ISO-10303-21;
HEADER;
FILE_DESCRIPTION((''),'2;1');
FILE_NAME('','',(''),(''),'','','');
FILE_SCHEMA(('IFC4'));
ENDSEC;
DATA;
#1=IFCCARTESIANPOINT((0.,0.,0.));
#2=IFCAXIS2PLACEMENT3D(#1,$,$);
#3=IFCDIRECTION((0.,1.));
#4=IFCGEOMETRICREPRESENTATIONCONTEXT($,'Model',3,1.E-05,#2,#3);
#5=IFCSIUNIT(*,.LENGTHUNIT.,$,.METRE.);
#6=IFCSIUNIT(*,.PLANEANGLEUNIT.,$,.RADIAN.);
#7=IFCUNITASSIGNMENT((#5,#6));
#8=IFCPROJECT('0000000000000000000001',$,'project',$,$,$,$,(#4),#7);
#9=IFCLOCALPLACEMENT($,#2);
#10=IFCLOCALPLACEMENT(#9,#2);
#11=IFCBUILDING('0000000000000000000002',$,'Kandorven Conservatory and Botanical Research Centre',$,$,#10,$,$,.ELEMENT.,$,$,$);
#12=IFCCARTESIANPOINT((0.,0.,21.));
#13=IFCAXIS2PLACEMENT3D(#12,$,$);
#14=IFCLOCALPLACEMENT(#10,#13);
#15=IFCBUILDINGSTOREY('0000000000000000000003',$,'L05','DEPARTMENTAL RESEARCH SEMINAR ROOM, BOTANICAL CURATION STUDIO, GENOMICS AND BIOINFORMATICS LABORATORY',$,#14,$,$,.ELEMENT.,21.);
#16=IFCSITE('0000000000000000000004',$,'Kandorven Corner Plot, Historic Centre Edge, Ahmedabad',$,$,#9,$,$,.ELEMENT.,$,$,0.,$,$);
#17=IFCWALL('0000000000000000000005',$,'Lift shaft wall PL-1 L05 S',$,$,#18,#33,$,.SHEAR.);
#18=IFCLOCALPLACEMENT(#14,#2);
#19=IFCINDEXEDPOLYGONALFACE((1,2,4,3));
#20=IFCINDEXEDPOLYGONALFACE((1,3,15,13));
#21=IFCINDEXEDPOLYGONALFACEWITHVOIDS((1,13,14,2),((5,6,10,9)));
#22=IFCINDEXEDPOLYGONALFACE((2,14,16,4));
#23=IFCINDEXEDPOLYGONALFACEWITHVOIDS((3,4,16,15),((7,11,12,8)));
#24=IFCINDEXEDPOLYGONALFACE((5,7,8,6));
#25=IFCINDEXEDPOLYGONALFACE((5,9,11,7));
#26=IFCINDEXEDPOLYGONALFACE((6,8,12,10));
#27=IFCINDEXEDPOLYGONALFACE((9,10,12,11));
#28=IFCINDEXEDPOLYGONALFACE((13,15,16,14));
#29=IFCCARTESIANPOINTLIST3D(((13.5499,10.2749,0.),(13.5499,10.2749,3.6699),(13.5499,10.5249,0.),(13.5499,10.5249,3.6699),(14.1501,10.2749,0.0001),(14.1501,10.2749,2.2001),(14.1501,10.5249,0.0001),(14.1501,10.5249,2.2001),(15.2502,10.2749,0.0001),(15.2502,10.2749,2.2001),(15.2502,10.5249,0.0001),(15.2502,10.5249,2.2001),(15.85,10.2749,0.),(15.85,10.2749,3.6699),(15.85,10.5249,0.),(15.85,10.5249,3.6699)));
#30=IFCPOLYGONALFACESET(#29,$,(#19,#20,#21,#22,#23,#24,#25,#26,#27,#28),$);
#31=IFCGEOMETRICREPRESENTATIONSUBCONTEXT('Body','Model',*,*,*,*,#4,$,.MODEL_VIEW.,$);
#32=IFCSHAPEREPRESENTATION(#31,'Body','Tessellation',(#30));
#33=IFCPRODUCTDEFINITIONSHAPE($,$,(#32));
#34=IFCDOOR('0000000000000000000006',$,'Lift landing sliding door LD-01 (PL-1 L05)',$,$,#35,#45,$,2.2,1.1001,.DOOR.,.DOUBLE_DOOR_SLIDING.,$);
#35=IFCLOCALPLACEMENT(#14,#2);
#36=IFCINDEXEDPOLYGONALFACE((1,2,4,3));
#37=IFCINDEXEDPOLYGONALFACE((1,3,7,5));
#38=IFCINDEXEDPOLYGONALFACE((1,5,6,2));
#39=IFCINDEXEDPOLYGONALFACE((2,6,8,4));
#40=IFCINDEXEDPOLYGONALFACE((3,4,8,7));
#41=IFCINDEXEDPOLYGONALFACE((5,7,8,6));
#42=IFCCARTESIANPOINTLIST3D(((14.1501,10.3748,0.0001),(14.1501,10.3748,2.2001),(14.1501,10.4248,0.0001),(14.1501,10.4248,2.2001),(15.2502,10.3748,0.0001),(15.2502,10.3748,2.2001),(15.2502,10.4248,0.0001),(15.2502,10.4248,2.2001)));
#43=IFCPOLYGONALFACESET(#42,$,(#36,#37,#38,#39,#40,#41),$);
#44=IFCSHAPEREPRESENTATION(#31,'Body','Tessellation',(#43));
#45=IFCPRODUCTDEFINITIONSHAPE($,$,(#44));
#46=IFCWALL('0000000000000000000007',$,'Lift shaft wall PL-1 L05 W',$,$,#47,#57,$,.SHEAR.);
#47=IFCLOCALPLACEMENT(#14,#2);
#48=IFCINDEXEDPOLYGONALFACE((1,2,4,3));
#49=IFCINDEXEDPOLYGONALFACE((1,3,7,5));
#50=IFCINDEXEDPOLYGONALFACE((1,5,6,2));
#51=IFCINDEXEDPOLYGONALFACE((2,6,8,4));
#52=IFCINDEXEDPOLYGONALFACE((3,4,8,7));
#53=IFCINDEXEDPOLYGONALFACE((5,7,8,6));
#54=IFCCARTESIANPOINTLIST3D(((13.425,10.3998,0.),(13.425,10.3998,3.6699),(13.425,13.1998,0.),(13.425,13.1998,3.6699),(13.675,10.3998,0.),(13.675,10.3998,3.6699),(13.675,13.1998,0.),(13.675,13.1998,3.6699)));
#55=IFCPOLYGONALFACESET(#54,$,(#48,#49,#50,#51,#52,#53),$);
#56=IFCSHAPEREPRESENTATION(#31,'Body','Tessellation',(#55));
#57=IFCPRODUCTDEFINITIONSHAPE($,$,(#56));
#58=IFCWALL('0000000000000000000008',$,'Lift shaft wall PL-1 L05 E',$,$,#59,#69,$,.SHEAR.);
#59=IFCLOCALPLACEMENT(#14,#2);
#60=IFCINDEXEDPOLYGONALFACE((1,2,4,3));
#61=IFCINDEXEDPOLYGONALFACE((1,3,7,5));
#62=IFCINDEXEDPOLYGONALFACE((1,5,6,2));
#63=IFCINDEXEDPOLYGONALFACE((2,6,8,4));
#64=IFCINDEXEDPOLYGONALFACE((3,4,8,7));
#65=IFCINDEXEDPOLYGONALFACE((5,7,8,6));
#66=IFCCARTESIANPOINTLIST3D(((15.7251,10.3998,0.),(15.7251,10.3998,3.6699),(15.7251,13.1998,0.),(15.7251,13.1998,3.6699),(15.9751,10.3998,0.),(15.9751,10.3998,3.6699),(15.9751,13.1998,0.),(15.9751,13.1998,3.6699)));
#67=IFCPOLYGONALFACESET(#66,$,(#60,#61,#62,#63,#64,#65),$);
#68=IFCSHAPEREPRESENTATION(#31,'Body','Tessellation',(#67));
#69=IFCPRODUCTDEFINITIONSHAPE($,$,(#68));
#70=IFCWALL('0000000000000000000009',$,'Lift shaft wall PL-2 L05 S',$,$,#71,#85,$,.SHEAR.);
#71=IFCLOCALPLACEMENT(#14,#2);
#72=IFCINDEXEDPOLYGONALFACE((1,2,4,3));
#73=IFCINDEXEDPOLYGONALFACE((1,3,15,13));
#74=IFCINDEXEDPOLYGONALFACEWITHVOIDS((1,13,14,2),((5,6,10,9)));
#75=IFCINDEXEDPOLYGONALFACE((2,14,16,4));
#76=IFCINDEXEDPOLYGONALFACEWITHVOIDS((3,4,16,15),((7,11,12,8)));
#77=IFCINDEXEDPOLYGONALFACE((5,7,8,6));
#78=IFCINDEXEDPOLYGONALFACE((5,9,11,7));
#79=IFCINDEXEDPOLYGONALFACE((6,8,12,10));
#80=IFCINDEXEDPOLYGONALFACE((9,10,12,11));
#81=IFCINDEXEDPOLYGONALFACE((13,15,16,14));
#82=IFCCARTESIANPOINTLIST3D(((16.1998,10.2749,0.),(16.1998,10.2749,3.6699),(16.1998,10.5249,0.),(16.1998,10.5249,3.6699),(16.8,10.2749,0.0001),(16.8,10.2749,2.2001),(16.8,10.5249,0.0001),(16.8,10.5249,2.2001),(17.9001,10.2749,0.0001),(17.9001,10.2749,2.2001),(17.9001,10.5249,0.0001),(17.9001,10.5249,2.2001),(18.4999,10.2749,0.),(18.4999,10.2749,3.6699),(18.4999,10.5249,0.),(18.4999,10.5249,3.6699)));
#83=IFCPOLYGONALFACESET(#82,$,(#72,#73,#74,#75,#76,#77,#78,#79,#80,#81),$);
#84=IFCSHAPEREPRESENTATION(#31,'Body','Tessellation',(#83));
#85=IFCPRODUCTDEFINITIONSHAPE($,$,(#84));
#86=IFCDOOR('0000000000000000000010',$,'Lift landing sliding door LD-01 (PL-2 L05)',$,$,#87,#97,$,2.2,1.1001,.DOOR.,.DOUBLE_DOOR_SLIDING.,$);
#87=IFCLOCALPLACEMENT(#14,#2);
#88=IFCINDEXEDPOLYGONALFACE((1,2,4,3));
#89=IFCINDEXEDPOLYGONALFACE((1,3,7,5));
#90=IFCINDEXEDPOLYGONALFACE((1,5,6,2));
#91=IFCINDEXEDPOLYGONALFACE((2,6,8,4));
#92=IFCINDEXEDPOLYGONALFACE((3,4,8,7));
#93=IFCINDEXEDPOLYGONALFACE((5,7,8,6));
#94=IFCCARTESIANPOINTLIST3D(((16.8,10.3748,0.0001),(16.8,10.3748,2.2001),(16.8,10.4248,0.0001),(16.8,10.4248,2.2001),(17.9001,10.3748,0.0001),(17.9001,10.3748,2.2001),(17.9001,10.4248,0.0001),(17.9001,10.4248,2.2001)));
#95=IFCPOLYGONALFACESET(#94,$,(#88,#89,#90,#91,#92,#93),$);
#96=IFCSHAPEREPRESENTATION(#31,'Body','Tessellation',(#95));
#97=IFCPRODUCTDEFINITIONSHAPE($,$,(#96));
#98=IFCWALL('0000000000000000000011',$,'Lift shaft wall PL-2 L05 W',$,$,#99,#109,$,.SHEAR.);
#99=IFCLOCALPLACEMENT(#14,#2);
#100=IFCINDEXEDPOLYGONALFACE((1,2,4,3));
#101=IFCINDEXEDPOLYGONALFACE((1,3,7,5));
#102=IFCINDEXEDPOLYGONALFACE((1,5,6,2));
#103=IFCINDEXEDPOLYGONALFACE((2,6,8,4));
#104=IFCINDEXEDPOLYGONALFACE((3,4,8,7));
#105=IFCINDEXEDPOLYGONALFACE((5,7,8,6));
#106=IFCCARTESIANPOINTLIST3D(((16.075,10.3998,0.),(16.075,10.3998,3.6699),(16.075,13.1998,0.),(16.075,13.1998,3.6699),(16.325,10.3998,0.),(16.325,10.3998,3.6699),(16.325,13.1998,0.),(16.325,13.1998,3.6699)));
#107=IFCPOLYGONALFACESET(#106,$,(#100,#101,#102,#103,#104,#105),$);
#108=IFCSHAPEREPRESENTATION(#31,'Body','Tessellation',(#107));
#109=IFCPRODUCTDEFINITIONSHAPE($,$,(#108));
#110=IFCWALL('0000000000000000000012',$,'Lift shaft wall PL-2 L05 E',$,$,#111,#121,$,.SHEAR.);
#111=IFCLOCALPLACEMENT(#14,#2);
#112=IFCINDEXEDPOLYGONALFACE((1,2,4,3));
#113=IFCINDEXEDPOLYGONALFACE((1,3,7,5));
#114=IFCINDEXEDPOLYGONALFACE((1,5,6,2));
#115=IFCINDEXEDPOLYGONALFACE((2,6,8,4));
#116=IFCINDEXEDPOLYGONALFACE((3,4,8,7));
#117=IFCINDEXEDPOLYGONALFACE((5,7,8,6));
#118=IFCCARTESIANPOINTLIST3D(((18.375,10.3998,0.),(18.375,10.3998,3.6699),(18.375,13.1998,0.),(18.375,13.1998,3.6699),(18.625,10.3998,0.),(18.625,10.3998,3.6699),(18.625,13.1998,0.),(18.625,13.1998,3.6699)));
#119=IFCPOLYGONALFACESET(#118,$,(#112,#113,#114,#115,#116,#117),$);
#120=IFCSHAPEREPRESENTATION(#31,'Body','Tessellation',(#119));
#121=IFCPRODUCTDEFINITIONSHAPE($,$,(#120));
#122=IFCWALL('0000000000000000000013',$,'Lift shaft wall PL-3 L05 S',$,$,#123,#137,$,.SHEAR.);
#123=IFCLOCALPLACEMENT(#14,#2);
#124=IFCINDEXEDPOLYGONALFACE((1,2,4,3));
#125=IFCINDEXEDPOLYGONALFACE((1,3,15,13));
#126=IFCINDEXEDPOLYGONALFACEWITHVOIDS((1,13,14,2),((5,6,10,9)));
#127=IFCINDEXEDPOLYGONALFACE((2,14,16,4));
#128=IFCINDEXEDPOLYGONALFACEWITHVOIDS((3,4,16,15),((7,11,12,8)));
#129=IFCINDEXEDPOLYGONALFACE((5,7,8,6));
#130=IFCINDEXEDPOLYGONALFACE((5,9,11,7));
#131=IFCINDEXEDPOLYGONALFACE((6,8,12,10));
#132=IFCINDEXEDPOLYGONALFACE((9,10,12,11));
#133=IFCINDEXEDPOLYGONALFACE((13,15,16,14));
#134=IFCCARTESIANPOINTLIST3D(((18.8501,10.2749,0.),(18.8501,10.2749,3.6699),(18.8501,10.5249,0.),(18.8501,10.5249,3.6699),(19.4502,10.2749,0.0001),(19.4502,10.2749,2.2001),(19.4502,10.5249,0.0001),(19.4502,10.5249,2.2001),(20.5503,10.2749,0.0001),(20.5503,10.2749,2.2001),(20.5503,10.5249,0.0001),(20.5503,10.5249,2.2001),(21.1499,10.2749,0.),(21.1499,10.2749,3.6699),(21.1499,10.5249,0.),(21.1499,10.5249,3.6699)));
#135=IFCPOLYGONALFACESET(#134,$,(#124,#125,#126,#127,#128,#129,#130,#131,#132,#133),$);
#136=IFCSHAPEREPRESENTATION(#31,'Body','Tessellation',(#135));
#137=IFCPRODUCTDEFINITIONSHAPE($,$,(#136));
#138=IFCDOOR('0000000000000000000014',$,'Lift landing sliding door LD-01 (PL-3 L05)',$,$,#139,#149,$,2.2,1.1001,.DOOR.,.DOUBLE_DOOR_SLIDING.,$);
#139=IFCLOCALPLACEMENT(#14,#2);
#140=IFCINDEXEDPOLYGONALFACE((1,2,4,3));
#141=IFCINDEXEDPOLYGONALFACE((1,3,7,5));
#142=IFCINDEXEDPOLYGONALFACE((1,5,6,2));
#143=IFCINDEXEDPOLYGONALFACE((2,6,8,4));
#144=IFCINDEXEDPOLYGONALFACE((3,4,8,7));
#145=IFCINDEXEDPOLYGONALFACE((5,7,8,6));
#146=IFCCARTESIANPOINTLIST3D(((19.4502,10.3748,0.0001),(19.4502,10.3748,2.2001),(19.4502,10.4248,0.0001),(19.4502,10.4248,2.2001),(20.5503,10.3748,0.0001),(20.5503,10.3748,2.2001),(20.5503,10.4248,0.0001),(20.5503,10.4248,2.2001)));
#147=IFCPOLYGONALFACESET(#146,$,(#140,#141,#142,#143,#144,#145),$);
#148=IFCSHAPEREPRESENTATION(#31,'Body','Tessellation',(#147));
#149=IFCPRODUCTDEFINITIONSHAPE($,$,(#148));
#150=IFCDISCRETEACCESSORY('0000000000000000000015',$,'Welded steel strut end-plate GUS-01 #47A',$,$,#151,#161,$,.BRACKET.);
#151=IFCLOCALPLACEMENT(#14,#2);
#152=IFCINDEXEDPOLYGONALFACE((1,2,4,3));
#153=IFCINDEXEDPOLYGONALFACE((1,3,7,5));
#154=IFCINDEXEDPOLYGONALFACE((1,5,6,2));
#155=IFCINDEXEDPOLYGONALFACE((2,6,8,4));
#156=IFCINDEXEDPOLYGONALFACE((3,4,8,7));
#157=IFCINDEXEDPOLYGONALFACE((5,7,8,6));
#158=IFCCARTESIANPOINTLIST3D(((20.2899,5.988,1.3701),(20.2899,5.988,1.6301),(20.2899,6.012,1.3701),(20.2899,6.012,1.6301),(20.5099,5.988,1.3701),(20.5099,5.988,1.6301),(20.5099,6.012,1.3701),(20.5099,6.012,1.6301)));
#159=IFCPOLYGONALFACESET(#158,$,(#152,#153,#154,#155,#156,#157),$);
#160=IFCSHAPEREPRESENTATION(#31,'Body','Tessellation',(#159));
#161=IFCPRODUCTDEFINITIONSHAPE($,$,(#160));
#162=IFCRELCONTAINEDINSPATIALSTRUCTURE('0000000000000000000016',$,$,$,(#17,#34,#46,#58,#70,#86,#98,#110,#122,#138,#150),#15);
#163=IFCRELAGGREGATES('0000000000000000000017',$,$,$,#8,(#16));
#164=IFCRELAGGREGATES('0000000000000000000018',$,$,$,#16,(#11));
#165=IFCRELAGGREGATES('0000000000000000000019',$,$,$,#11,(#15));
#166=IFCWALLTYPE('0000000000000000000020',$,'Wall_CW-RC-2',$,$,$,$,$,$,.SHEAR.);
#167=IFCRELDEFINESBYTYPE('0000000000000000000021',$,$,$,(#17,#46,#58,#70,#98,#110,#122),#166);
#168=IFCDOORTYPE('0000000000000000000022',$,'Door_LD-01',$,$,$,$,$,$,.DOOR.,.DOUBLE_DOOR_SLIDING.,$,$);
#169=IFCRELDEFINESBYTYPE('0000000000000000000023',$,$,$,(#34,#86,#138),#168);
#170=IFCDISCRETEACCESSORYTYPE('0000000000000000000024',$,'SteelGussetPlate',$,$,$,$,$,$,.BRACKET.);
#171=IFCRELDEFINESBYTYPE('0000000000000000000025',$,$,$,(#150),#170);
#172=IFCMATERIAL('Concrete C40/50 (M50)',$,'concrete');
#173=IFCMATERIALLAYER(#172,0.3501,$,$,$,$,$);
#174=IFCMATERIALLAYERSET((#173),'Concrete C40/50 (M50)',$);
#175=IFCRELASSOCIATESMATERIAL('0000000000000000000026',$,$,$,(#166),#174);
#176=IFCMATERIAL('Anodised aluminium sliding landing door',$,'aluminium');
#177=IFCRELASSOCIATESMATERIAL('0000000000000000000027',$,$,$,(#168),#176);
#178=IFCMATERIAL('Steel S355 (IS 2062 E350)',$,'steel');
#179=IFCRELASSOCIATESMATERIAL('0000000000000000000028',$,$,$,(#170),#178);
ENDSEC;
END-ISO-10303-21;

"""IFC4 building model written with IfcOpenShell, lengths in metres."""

from ifc_helpers import new_model, si_unit, direction, frame, frame_2d, origin, origin_2d, place, context, subcontext, project, spatial, rectangle, extrude, material, layer, layer_set, type_object, element, fill, save


model = new_model("IFC4")

# Units and contexts
model_context = context("Model", 3, precision=1e-05, world=origin(), true_north=direction((0.0, 1.0)))
body_context = subcontext(model_context, "Body", "Model", "MODEL_VIEW")
ifc_project = project(units=[si_unit("LENGTHUNIT", "METRE"), si_unit("PLANEANGLEUNIT", "RADIAN")], contexts=[model_context])

# Site, building, storey
site_placement = place(None, origin())
site = spatial("IfcSite", under=ifc_project, at=site_placement, Name="Kandorven Corner Plot, Historic Centre Edge, Ahmedabad", CompositionType="ELEMENT", RefElevation=0.0)
building_placement = place(site_placement, origin())
building = spatial("IfcBuilding", under=site, at=building_placement, Name="Kandorven Conservatory and Botanical Research Centre", CompositionType="ELEMENT")
storey_placement = place(building_placement, frame((0.0, 0.0, 21.0)))
storey = spatial("IfcBuildingStorey", under=building, at=storey_placement, Name="L05", Description="DEPARTMENTAL RESEARCH SEMINAR ROOM, BOTANICAL CURATION STUDIO, GENOMICS AND BIOINFORMATICS LABORATORY", CompositionType="ELEMENT", Elevation=21.0)

# Wall, opening, door
ifc_material_1 = material(Name="Concrete C40/50 (M50)", Category="concrete")
ifc_layer_1 = layer(ifc_material_1, 0.3501)
ifc_layer_set_1 = layer_set([ifc_layer_1], Name="Concrete C40/50 (M50)")
wall_type = type_object("IfcWallType", Name="Wall_CW-RC-2", PredefinedType="SHEAR", material=ifc_layer_set_1)
wall_1_placement = place(storey_placement, frame((13.55, 10.3999, 0.0), z_axis=(0.0, 0.0, 1.0), x_axis=(1.0, 0.0, 0.0)))
wall_1 = element("IfcWall", 1, at=wall_1_placement, inside=storey, type_object=wall_type, Name="Lift shaft wall PL-1 L05 S", PredefinedType="SHEAR", context=body_context, shape_type="SweptSolid", body=[
    extrude(rectangle(XDim=2.3, YDim=0.25, at=frame_2d((1.1499, 0.0))), origin(), (0.0, 0.0, 1.0), 3.6699),
])
opening_1_placement = place(wall_1_placement, frame((0.6001, 0.0, 0.0)))
opening_1 = element("IfcOpeningElement", 2, at=opening_1_placement, cuts=wall_1, PredefinedType="OPENING", context=body_context, shape_type="SweptSolid", body=[
    extrude(rectangle(XDim=1.1001, YDim=2.2, at=frame_2d((0.55, 1.1001))), frame((0.0, 0.135, 0.0), z_axis=(0.0, -1.0, 0.0), x_axis=(1.0, 0.0, 0.0)), (0.0, 0.0, 1.0), 0.27),
])
ifc_material_2 = material(Name="Anodised aluminium sliding landing door", Category="aluminium")
door_type = type_object("IfcDoorType", Name="Door_LD-01", OperationType="DOUBLE_DOOR_SLIDING", PredefinedType="DOOR", material=ifc_material_2)
door_1_placement = place(opening_1_placement, origin())
door_1 = element("IfcDoor", 3, at=door_1_placement, inside=storey, type_object=door_type, Name="Lift landing sliding door LD-01 (PL-1 L05)", OperationType="DOUBLE_DOOR_SLIDING", OverallHeight=2.2, OverallWidth=1.1001, PredefinedType="DOOR", context=body_context, shape_type="SweptSolid", body=[
    extrude(rectangle(XDim=1.1001, YDim=2.2, at=frame_2d((0.55, 1.1001))), frame((0.0, 0.0249, 0.0), z_axis=(0.0, -1.0, 0.0), x_axis=(1.0, 0.0, 0.0)), (0.0, 0.0, 1.0), 0.05),
])
fill(opening_1, door_1)

# Walls
for number, where, z_axis, x_axis, name in (
    (4, (13.55, 10.3999, 0.0), (0.0, 0.0, 1.0), (0.0, 1.0, 0.0), "Lift shaft wall PL-1 L05 W"),
    (5, (15.8501, 10.3999, 0.0), (0.0, 0.0, 1.0), (0.0, 1.0, 0.0), "Lift shaft wall PL-1 L05 E"),
):
    element("IfcWall", number, at=place(storey_placement, frame(where, z_axis=z_axis, x_axis=x_axis)), inside=storey, type_object=wall_type, Name=name, PredefinedType="SHEAR", context=body_context, shape_type="SweptSolid", body=[
        extrude(rectangle(XDim=2.8, YDim=0.25, at=frame_2d((1.3999, 0.0))), origin(), (0.0, 0.0, 1.0), 3.6699),
    ])

# Wall, opening, door
wall_2_placement = place(storey_placement, frame((16.2, 10.3999, 0.0), z_axis=(0.0, 0.0, 1.0), x_axis=(1.0, 0.0, 0.0)))
wall_2 = element("IfcWall", 6, at=wall_2_placement, inside=storey, type_object=wall_type, Name="Lift shaft wall PL-2 L05 S", PredefinedType="SHEAR", context=body_context, shape_type="SweptSolid", body=[
    extrude(rectangle(XDim=2.3, YDim=0.25, at=frame_2d((1.1499, 0.0))), origin(), (0.0, 0.0, 1.0), 3.6699),
])
opening_2_placement = place(wall_2_placement, frame((0.6001, 0.0, 0.0)))
opening_2 = element("IfcOpeningElement", 7, at=opening_2_placement, cuts=wall_2, PredefinedType="OPENING", context=body_context, shape_type="SweptSolid", body=[
    extrude(rectangle(XDim=1.1001, YDim=2.2, at=frame_2d((0.55, 1.1001))), frame((0.0, 0.135, 0.0), z_axis=(0.0, -1.0, 0.0), x_axis=(1.0, 0.0, 0.0)), (0.0, 0.0, 1.0), 0.27),
])
door_2_placement = place(opening_2_placement, origin())
door_2 = element("IfcDoor", 8, at=door_2_placement, inside=storey, type_object=door_type, Name="Lift landing sliding door LD-01 (PL-2 L05)", OperationType="DOUBLE_DOOR_SLIDING", OverallHeight=2.2, OverallWidth=1.1001, PredefinedType="DOOR", context=body_context, shape_type="SweptSolid", body=[
    extrude(rectangle(XDim=1.1001, YDim=2.2, at=frame_2d((0.55, 1.1001))), frame((0.0, 0.0249, 0.0), z_axis=(0.0, -1.0, 0.0), x_axis=(1.0, 0.0, 0.0)), (0.0, 0.0, 1.0), 0.05),
])
fill(opening_2, door_2)

# Walls
for number, where, z_axis, x_axis, name in (
    (9, (16.2, 10.3999, 0.0), (0.0, 0.0, 1.0), (0.0, 1.0, 0.0), "Lift shaft wall PL-2 L05 W"),
    (10, (18.5, 10.3999, 0.0), (0.0, 0.0, 1.0), (0.0, 1.0, 0.0), "Lift shaft wall PL-2 L05 E"),
):
    element("IfcWall", number, at=place(storey_placement, frame(where, z_axis=z_axis, x_axis=x_axis)), inside=storey, type_object=wall_type, Name=name, PredefinedType="SHEAR", context=body_context, shape_type="SweptSolid", body=[
        extrude(rectangle(XDim=2.8, YDim=0.25, at=frame_2d((1.3999, 0.0))), origin(), (0.0, 0.0, 1.0), 3.6699),
    ])

# Wall, opening, door
wall_3_placement = place(storey_placement, frame((18.8501, 10.3999, 0.0), z_axis=(0.0, 0.0, 1.0), x_axis=(1.0, 0.0, 0.0)))
wall_3 = element("IfcWall", 11, at=wall_3_placement, inside=storey, type_object=wall_type, Name="Lift shaft wall PL-3 L05 S", PredefinedType="SHEAR", context=body_context, shape_type="SweptSolid", body=[
    extrude(rectangle(XDim=2.2998, YDim=0.25, at=frame_2d((1.1499, 0.0))), origin(), (0.0, 0.0, 1.0), 3.6699),
])
opening_3_placement = place(wall_3_placement, frame((0.6001, 0.0, 0.0)))
opening_3 = element("IfcOpeningElement", 12, at=opening_3_placement, cuts=wall_3, PredefinedType="OPENING", context=body_context, shape_type="SweptSolid", body=[
    extrude(rectangle(XDim=1.1001, YDim=2.2, at=frame_2d((0.55, 1.1001))), frame((0.0, 0.135, 0.0), z_axis=(0.0, -1.0, 0.0), x_axis=(1.0, 0.0, 0.0)), (0.0, 0.0, 1.0), 0.27),
])
door_3_placement = place(opening_3_placement, origin())
door_3 = element("IfcDoor", 13, at=door_3_placement, inside=storey, type_object=door_type, Name="Lift landing sliding door LD-01 (PL-3 L05)", OperationType="DOUBLE_DOOR_SLIDING", OverallHeight=2.2, OverallWidth=1.1001, PredefinedType="DOOR", context=body_context, shape_type="SweptSolid", body=[
    extrude(rectangle(XDim=1.1001, YDim=2.2, at=frame_2d((0.55, 1.1001))), frame((0.0, 0.0249, 0.0), z_axis=(0.0, -1.0, 0.0), x_axis=(1.0, 0.0, 0.0)), (0.0, 0.0, 1.0), 0.05),
])
fill(opening_3, door_3)

# Discrete accessory
ifc_material_3 = material(Name="Steel S355 (IS 2062 E350)", Category="steel")
discrete_accessory_type = type_object("IfcDiscreteAccessoryType", Name="SteelGussetPlate", PredefinedType="BRACKET", material=ifc_material_3)
discrete_accessory_placement = place(storey_placement, frame((20.3999, 6.0, 1.3701), z_axis=(0.0, 0.0, 1.0), x_axis=(1.0, 0.0, 0.0)))
element("IfcDiscreteAccessory", 14, at=discrete_accessory_placement, inside=storey, type_object=discrete_accessory_type, Name="Welded steel strut end-plate GUS-01 #47A", PredefinedType="BRACKET", context=body_context, shape_type="SweptSolid", body=[
    extrude(rectangle(XDim=0.22, YDim=0.0239, at=origin_2d()), origin(), (0.0, 0.0, 1.0), 0.26),
])

save(model, "model.ifc")
